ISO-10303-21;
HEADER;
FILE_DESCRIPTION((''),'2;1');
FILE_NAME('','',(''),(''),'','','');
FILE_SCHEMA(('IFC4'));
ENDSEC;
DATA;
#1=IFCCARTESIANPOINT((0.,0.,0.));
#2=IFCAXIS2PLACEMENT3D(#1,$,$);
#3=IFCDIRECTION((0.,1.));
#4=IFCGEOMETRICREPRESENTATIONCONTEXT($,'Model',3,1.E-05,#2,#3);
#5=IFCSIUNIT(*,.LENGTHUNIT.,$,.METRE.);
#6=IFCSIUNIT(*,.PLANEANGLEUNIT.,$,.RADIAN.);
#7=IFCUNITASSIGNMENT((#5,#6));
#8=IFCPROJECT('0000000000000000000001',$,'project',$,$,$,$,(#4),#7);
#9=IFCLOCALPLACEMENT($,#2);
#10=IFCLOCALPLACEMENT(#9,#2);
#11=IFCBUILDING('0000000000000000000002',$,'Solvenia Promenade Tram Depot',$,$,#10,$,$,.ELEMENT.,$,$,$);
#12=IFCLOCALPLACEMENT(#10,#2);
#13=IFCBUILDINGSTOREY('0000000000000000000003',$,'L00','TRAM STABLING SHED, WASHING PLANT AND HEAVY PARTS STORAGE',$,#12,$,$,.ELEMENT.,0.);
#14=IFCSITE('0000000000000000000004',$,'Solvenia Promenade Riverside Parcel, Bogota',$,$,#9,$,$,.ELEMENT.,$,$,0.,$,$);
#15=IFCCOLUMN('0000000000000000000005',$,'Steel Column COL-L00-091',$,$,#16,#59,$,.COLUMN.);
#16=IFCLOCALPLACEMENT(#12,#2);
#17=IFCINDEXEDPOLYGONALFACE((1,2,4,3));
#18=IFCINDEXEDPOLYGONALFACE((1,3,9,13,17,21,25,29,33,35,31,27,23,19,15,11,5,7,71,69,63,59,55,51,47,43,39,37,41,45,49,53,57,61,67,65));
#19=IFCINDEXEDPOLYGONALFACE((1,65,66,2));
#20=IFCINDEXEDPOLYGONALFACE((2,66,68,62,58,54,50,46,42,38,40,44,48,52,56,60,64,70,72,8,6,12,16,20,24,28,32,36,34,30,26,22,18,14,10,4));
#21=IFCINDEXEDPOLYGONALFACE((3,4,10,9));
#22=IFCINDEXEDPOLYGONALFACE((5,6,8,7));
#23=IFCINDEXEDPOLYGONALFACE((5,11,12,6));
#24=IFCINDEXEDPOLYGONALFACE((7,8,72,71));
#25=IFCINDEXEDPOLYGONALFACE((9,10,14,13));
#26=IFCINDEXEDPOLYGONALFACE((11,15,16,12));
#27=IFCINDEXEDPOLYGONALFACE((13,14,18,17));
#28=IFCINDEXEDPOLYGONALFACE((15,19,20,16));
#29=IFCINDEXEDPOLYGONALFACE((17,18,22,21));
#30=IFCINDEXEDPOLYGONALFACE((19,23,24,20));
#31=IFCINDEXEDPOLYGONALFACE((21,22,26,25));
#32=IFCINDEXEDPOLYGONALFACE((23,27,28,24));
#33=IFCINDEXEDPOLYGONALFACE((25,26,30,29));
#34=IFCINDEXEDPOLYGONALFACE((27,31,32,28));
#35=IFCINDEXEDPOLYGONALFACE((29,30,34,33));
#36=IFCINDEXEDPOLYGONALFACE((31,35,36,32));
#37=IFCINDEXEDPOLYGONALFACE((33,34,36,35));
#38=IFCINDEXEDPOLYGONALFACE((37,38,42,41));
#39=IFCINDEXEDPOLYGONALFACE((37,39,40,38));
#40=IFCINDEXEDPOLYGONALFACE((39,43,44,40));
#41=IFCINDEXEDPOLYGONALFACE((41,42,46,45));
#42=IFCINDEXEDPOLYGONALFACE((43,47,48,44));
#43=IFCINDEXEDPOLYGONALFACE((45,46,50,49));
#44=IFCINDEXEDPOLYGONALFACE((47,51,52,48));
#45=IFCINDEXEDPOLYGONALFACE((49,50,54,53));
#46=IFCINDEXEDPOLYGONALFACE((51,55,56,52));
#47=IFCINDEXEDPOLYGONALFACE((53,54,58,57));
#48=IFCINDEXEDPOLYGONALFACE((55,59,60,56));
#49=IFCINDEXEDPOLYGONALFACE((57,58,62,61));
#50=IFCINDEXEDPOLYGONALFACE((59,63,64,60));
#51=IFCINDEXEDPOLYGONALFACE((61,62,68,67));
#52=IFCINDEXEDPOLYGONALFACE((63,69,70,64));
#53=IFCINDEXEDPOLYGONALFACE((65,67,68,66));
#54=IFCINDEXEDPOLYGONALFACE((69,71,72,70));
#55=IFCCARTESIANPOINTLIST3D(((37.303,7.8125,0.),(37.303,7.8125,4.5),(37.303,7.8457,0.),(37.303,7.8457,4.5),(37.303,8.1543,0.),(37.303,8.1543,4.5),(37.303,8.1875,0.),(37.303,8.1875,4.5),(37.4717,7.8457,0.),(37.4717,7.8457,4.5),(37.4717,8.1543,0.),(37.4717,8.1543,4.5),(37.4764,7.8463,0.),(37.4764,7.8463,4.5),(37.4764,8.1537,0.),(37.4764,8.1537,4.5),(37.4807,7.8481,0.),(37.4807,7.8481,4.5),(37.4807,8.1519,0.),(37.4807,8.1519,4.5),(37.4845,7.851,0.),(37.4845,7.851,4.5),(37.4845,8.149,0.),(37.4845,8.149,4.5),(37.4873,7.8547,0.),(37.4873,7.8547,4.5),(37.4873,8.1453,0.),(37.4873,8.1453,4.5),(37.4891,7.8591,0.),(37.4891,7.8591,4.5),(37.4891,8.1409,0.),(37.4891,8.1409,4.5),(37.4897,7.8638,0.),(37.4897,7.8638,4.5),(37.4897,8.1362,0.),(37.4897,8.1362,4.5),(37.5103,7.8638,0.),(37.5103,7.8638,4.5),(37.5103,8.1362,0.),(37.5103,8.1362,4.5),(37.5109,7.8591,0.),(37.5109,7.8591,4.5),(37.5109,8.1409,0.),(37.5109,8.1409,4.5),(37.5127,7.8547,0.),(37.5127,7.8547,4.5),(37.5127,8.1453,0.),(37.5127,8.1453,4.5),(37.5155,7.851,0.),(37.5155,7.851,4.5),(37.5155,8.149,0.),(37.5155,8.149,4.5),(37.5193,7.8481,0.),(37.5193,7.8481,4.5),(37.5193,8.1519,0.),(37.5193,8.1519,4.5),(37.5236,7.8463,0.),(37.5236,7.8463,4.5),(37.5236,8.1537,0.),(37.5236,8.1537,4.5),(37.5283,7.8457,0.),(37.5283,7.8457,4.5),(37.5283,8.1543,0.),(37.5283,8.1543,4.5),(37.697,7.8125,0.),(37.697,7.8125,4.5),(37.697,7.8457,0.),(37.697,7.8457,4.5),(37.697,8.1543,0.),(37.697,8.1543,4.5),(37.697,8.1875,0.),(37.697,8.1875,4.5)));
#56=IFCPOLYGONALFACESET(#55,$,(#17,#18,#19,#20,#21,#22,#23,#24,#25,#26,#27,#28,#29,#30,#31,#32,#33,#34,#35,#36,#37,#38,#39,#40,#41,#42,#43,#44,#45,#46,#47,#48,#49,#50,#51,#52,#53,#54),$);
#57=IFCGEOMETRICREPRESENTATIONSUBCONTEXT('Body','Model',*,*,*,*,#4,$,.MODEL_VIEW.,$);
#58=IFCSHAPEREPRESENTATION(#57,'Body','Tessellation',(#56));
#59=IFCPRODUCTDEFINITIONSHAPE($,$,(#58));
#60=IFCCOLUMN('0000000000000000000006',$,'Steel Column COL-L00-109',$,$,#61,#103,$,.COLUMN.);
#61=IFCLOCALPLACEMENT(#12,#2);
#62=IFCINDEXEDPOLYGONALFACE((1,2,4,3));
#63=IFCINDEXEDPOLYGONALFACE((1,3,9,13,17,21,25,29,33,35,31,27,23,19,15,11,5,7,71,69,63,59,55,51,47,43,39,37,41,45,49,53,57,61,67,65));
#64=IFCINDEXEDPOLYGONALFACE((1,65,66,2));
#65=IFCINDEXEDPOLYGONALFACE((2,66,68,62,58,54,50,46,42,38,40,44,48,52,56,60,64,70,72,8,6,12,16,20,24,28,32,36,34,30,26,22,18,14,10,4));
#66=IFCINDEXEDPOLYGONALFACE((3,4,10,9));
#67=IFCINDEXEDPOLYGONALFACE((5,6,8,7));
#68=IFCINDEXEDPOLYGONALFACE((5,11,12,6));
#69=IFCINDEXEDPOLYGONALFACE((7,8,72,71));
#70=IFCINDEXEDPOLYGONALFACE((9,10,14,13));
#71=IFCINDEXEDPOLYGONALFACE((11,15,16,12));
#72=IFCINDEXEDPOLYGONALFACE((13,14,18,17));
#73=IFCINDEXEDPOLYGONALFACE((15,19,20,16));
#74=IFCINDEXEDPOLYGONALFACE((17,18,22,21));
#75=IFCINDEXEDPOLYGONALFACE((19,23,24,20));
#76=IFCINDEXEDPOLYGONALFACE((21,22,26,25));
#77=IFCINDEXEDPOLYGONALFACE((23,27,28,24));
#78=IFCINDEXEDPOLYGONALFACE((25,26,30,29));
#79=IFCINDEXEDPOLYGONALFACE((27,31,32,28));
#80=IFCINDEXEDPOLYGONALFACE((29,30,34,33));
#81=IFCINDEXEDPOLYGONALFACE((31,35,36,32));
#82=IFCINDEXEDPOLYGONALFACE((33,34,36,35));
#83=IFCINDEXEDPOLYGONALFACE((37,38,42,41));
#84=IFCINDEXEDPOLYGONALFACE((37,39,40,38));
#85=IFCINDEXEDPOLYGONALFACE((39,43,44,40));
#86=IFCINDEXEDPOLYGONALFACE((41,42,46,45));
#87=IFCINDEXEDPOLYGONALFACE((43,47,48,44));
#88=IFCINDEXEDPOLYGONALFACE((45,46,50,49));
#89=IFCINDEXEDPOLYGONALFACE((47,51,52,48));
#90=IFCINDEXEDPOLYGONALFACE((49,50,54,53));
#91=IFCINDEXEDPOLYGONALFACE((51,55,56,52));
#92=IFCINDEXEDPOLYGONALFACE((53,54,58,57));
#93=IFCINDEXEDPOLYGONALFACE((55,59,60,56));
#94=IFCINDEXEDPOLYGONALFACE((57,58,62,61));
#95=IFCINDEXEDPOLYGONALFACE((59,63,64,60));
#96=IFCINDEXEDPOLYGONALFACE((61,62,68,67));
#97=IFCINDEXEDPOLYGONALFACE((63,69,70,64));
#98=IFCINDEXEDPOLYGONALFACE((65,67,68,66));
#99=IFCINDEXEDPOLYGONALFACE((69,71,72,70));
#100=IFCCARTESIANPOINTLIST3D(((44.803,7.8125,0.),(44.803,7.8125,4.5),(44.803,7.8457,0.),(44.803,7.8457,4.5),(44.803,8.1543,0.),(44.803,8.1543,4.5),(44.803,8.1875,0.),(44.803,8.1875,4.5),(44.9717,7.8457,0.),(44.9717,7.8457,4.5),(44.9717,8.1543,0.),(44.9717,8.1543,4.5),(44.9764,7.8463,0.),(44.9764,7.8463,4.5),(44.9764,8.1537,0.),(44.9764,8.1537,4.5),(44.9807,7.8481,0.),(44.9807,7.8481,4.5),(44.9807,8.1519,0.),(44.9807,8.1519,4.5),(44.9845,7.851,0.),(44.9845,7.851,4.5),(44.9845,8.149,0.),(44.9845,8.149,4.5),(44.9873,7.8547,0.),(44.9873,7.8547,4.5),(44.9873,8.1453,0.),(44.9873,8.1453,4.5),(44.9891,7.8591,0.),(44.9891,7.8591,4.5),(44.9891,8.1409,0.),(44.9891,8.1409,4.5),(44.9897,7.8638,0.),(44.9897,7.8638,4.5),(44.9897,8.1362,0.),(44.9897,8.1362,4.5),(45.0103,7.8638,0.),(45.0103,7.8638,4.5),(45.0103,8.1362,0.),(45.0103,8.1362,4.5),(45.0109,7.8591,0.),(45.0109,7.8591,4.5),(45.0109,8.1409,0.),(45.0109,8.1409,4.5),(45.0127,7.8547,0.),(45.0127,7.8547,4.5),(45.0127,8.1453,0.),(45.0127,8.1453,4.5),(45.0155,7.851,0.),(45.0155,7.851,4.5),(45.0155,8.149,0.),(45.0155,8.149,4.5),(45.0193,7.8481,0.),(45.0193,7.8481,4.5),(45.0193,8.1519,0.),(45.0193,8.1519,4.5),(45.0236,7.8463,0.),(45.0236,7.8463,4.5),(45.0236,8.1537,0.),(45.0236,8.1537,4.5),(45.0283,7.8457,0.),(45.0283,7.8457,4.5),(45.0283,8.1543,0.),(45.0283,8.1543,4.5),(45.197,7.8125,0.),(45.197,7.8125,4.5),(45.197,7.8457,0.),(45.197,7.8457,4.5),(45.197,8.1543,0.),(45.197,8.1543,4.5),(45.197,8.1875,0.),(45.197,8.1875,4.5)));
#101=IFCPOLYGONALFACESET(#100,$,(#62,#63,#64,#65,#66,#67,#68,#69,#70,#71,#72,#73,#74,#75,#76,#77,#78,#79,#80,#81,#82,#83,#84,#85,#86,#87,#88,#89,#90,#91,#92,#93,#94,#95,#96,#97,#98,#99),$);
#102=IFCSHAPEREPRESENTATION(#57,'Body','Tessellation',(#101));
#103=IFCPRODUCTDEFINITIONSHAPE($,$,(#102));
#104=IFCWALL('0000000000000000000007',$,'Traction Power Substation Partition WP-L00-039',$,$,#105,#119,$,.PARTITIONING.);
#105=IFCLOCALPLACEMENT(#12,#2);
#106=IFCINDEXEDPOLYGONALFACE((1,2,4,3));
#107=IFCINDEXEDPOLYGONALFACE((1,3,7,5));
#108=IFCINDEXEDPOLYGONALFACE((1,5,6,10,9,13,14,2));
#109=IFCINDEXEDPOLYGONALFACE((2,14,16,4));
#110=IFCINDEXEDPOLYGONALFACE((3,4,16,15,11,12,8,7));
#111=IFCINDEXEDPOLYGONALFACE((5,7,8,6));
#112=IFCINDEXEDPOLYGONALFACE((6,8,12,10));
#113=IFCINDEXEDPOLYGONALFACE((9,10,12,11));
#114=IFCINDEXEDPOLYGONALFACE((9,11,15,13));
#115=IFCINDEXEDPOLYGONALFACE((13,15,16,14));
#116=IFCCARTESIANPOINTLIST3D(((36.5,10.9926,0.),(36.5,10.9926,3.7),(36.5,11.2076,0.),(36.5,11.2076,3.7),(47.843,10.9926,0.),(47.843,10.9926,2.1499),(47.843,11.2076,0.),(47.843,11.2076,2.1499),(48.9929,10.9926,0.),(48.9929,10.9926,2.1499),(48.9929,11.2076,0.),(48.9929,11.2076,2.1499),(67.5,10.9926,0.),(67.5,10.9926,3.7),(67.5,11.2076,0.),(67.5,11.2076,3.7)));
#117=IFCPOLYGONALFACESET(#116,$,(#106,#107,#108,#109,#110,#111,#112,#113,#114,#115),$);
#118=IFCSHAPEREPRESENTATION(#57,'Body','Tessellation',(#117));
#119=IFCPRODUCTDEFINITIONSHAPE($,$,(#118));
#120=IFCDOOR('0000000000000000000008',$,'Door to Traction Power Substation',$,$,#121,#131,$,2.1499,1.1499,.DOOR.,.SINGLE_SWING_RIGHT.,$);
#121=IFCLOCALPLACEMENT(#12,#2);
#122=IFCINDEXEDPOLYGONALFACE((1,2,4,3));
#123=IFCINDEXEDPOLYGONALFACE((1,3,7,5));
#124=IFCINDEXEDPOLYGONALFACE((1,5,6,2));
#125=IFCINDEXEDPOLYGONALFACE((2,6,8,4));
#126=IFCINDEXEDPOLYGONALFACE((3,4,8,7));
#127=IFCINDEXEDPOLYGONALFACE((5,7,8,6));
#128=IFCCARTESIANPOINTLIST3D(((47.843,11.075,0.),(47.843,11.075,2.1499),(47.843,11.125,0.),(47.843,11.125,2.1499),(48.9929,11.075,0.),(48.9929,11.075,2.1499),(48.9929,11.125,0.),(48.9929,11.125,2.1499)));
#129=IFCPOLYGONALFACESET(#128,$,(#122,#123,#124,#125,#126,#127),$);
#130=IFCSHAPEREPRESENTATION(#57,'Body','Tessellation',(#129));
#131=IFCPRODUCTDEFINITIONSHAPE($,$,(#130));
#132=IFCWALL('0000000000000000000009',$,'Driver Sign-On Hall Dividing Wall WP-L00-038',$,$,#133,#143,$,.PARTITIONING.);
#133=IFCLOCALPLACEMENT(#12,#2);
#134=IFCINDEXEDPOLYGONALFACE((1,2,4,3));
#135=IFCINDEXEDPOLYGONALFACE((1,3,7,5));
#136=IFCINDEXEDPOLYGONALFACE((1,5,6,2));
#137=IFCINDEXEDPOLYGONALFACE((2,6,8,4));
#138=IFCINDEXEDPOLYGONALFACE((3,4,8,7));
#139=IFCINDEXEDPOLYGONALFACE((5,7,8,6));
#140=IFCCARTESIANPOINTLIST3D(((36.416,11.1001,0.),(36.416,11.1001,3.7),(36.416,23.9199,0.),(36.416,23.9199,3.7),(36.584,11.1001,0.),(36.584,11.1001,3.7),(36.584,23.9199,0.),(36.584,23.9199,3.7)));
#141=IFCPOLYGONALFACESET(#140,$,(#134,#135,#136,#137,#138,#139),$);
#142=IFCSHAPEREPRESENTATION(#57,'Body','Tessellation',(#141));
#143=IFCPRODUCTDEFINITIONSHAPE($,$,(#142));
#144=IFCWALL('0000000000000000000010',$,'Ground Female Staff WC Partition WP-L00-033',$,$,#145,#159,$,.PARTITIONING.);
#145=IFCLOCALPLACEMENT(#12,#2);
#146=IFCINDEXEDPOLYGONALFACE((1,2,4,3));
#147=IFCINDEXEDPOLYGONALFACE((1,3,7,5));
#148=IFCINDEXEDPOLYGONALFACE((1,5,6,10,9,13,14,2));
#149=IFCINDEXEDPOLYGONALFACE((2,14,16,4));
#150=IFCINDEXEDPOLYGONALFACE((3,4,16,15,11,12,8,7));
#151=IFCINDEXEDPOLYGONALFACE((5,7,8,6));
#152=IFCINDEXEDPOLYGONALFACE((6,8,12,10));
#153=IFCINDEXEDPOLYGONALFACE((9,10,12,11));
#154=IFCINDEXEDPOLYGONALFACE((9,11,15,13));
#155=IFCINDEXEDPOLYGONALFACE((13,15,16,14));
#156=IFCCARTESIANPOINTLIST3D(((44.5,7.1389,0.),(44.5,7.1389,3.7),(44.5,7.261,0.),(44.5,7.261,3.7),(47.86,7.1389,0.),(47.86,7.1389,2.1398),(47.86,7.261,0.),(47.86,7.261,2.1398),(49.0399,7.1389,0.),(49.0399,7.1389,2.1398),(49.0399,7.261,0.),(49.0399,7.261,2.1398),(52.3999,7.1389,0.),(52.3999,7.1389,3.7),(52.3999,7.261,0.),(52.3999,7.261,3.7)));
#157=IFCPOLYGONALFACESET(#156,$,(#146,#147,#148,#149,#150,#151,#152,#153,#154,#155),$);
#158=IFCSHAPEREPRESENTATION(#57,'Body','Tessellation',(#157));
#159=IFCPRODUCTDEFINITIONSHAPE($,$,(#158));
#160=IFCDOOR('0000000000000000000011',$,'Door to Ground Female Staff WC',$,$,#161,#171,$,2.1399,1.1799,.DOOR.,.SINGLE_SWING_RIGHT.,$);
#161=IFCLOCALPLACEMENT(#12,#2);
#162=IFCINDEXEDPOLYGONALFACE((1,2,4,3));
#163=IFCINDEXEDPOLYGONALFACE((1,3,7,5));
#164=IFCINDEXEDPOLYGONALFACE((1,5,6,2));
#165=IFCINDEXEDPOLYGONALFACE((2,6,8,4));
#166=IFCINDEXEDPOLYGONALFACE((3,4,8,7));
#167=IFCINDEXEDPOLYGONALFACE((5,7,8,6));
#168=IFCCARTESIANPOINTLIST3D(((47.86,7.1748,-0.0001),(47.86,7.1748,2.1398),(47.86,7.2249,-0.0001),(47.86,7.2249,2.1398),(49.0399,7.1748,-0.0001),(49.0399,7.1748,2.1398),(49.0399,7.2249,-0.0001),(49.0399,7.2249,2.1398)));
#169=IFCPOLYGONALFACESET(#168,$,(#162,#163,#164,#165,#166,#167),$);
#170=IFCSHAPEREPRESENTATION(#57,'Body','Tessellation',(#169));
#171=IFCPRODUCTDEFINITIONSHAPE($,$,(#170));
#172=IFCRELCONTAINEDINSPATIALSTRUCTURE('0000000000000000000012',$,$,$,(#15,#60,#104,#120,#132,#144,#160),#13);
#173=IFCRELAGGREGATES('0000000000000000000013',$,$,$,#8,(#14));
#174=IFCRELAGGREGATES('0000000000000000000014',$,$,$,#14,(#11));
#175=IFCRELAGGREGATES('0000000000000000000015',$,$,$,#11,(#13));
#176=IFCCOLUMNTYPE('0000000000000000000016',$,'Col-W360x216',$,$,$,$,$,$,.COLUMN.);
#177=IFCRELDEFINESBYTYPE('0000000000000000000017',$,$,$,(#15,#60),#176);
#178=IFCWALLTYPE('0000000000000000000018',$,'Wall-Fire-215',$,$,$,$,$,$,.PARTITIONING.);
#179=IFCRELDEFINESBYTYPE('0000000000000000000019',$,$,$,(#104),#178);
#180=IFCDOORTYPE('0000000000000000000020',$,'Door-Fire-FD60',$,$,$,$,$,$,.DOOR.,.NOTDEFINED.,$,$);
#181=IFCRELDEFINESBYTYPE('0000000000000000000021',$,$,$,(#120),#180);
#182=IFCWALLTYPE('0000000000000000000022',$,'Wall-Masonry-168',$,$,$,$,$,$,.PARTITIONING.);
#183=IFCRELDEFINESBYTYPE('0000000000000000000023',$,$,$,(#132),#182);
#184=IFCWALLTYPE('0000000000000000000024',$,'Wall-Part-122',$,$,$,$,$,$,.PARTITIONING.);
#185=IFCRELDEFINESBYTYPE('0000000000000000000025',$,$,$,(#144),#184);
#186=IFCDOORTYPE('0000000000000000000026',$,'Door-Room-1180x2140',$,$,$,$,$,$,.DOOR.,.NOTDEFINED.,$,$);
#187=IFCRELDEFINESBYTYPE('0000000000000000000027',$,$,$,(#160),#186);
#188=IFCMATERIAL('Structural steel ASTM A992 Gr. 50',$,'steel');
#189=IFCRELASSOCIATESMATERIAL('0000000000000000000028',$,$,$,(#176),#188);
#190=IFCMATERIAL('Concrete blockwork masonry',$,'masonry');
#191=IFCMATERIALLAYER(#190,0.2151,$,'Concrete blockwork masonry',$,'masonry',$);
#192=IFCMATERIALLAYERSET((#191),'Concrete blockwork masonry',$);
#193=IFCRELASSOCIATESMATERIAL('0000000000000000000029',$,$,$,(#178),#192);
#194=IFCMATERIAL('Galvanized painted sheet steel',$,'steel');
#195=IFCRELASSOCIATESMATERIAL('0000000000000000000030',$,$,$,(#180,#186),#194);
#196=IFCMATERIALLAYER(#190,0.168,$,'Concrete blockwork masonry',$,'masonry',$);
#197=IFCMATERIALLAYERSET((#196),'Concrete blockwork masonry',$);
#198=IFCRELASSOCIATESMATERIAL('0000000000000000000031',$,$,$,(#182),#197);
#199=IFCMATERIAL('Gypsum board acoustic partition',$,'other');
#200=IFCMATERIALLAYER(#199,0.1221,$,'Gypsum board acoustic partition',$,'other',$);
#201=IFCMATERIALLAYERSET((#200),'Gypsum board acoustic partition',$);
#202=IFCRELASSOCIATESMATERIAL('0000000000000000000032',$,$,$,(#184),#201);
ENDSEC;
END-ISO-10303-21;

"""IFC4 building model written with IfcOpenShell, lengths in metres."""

from ifc_helpers import new_model, si_unit, direction, frame, frame_2d, origin, origin_2d, place, context, subcontext, project, spatial, rectangle, i_section, extrude, material, layer, layer_set, material_profile, profile_set, type_object, element, fill, save


model = new_model("IFC4")

# Units and contexts
model_context = context("Model", 3, precision=1e-05, world=origin(), true_north=direction((0.0, 1.0)))
body_context = subcontext(model_context, "Body", "Model", "MODEL_VIEW")
ifc_project = project(units=[si_unit("LENGTHUNIT", "METRE"), si_unit("PLANEANGLEUNIT", "RADIAN")], contexts=[model_context])

# Site, building, storey
site_placement = place(None, origin())
site = spatial("IfcSite", under=ifc_project, at=site_placement, Name="Solvenia Promenade Riverside Parcel, Bogota", CompositionType="ELEMENT", RefElevation=0.0)
building_placement = place(site_placement, origin())
building = spatial("IfcBuilding", under=site, at=building_placement, Name="Solvenia Promenade Tram Depot", CompositionType="ELEMENT")
storey_placement = place(building_placement, origin())
storey = spatial("IfcBuildingStorey", under=building, at=storey_placement, Name="L00", Description="TRAM STABLING SHED, WASHING PLANT AND HEAVY PARTS STORAGE", CompositionType="ELEMENT", Elevation=0.0)

# Columns
ifc_material_1 = material(Name="Structural steel ASTM A992 Gr. 50", Category="steel")
ifc_material_profile_1 = material_profile(ifc_material_1, i_section(OverallWidth=0.394, OverallDepth=0.375, WebThickness=0.0205, FlangeThickness=0.0332, FilletRadius=0.0181, at=origin_2d()), Name="W360x216", Category="steel")
ifc_profile_set_1 = profile_set([ifc_material_profile_1], Name="Structural steel ASTM A992 Gr. 50")
column_type = type_object("IfcColumnType", Name="Col-W360x216", PredefinedType="COLUMN", material=ifc_profile_set_1)
for number, where, z_axis, x_axis, name in (
    (1, (37.5, 8.0, 0.0), (0.0, 0.0, 1.0), (1.0, 0.0, 0.0), "Steel Column COL-L00-091"),
    (2, (45.0, 8.0, 0.0), (0.0, 0.0, 1.0), (1.0, 0.0, 0.0), "Steel Column COL-L00-109"),
):
    element("IfcColumn", number, at=place(storey_placement, frame(where, z_axis=z_axis, x_axis=x_axis)), inside=storey, type_object=column_type, Name=name, PredefinedType="COLUMN", context=body_context, shape_type="SweptSolid", body=[
        extrude(i_section(OverallWidth=0.394, OverallDepth=0.375, WebThickness=0.0205, FlangeThickness=0.0332, FilletRadius=0.0181, at=origin_2d()), origin(), (0.0, 0.0, 1.0), 4.5),
    ])

# Wall, opening, door
ifc_material_2 = material(Name="Concrete blockwork masonry", Category="masonry")
ifc_layer_1 = layer(ifc_material_2, 0.2151, Name="Concrete blockwork masonry", Category="masonry")
ifc_layer_set_1 = layer_set([ifc_layer_1], Name="Concrete blockwork masonry")
wall_type_1 = type_object("IfcWallType", Name="Wall-Fire-215", PredefinedType="PARTITIONING", material=ifc_layer_set_1)
wall_1_placement = place(storey_placement, frame((36.5, 11.1001, 0.0), z_axis=(0.0, 0.0, 1.0), x_axis=(1.0, 0.0, 0.0)))
wall_1 = element("IfcWall", 3, at=wall_1_placement, inside=storey, type_object=wall_type_1, Name="Traction Power Substation Partition WP-L00-039", PredefinedType="PARTITIONING", context=body_context, shape_type="SweptSolid", body=[
    extrude(rectangle(XDim=31.0, YDim=0.2151, at=frame_2d((15.5, 0.0))), origin(), (0.0, 0.0, 1.0), 3.7),
])
opening_1_placement = place(wall_1_placement, frame((11.343, 0.0, 0.0)))
opening_1 = element("IfcOpeningElement", 4, at=opening_1_placement, cuts=wall_1, PredefinedType="OPENING", context=body_context, shape_type="SweptSolid", body=[
    extrude(rectangle(XDim=1.1499, YDim=2.1499, at=frame_2d((0.575, 1.075))), frame((0.0, 0.1174, 0.0), z_axis=(0.0, -1.0, 0.0), x_axis=(1.0, 0.0, 0.0)), (0.0, 0.0, 1.0), 0.2351),
])
ifc_material_3 = material(Name="Galvanized painted sheet steel", Category="steel")
door_type_1 = type_object("IfcDoorType", Name="Door-Fire-FD60", OperationType="NOTDEFINED", PredefinedType="DOOR", material=ifc_material_3)
door_1_placement = place(opening_1_placement, origin())
door_1 = element("IfcDoor", 5, at=door_1_placement, inside=storey, type_object=door_type_1, Name="Door to Traction Power Substation", OperationType="SINGLE_SWING_RIGHT", OverallHeight=2.1499, OverallWidth=1.1499, PredefinedType="DOOR", context=body_context, shape_type="SweptSolid", body=[
    extrude(rectangle(XDim=1.1499, YDim=2.1499, at=frame_2d((0.575, 1.075))), frame((0.0, 0.0249, 0.0), z_axis=(0.0, -1.0, 0.0), x_axis=(1.0, 0.0, 0.0)), (0.0, 0.0, 1.0), 0.05),
])
fill(opening_1, door_1)

# Wall
ifc_layer_2 = layer(ifc_material_2, 0.168, Name="Concrete blockwork masonry", Category="masonry")
ifc_layer_set_2 = layer_set([ifc_layer_2], Name="Concrete blockwork masonry")
wall_type_2 = type_object("IfcWallType", Name="Wall-Masonry-168", PredefinedType="PARTITIONING", material=ifc_layer_set_2)
wall_2_placement = place(storey_placement, frame((36.5, 11.1001, 0.0), z_axis=(0.0, 0.0, 1.0), x_axis=(0.0, 1.0, 0.0)))
element("IfcWall", 6, at=wall_2_placement, inside=storey, type_object=wall_type_2, Name="Driver Sign-On Hall Dividing Wall WP-L00-038", PredefinedType="PARTITIONING", context=body_context, shape_type="SweptSolid", body=[
    extrude(rectangle(XDim=12.8198, YDim=0.168, at=frame_2d((6.4099, 0.0))), origin(), (0.0, 0.0, 1.0), 3.7),
])

# Wall, opening, door
ifc_material_4 = material(Name="Gypsum board acoustic partition", Category="other")
ifc_layer_3 = layer(ifc_material_4, 0.1221, Name="Gypsum board acoustic partition", Category="other")
ifc_layer_set_3 = layer_set([ifc_layer_3], Name="Gypsum board acoustic partition")
wall_type_3 = type_object("IfcWallType", Name="Wall-Part-122", PredefinedType="PARTITIONING", material=ifc_layer_set_3)
wall_3_placement = place(storey_placement, frame((44.5, 7.2, 0.0), z_axis=(0.0, 0.0, 1.0), x_axis=(1.0, 0.0, 0.0)))
wall_3 = element("IfcWall", 7, at=wall_3_placement, inside=storey, type_object=wall_type_3, Name="Ground Female Staff WC Partition WP-L00-033", PredefinedType="PARTITIONING", context=body_context, shape_type="SweptSolid", body=[
    extrude(rectangle(XDim=7.8999, YDim=0.1221, at=frame_2d((3.95, 0.0))), origin(), (0.0, 0.0, 1.0), 3.7),
])
opening_2_placement = place(wall_3_placement, frame((3.3601, 0.0, 0.0)))
opening_2 = element("IfcOpeningElement", 8, at=opening_2_placement, cuts=wall_3, PredefinedType="OPENING", context=body_context, shape_type="SweptSolid", body=[
    extrude(rectangle(XDim=1.1799, YDim=2.1399, at=frame_2d((0.5898, 1.0698))), frame((0.0, 0.071, 0.0), z_axis=(0.0, -1.0, 0.0), x_axis=(1.0, 0.0, 0.0)), (0.0, 0.0, 1.0), 0.1421),
])
door_type_2 = type_object("IfcDoorType", Name="Door-Room-1180x2140", OperationType="NOTDEFINED", PredefinedType="DOOR", material=ifc_material_3)
door_2_placement = place(opening_2_placement, origin())
door_2 = element("IfcDoor", 9, at=door_2_placement, inside=storey, type_object=door_type_2, Name="Door to Ground Female Staff WC", OperationType="SINGLE_SWING_RIGHT", OverallHeight=2.1399, OverallWidth=1.1799, PredefinedType="DOOR", context=body_context, shape_type="SweptSolid", body=[
    extrude(rectangle(XDim=1.1799, YDim=2.1399, at=frame_2d((0.5898, 1.0698))), frame((0.0, 0.0249, 0.0), z_axis=(0.0, -1.0, 0.0), x_axis=(1.0, 0.0, 0.0)), (0.0, 0.0, 1.0), 0.05),
])
fill(opening_2, door_2)

save(model, "model.ifc")
